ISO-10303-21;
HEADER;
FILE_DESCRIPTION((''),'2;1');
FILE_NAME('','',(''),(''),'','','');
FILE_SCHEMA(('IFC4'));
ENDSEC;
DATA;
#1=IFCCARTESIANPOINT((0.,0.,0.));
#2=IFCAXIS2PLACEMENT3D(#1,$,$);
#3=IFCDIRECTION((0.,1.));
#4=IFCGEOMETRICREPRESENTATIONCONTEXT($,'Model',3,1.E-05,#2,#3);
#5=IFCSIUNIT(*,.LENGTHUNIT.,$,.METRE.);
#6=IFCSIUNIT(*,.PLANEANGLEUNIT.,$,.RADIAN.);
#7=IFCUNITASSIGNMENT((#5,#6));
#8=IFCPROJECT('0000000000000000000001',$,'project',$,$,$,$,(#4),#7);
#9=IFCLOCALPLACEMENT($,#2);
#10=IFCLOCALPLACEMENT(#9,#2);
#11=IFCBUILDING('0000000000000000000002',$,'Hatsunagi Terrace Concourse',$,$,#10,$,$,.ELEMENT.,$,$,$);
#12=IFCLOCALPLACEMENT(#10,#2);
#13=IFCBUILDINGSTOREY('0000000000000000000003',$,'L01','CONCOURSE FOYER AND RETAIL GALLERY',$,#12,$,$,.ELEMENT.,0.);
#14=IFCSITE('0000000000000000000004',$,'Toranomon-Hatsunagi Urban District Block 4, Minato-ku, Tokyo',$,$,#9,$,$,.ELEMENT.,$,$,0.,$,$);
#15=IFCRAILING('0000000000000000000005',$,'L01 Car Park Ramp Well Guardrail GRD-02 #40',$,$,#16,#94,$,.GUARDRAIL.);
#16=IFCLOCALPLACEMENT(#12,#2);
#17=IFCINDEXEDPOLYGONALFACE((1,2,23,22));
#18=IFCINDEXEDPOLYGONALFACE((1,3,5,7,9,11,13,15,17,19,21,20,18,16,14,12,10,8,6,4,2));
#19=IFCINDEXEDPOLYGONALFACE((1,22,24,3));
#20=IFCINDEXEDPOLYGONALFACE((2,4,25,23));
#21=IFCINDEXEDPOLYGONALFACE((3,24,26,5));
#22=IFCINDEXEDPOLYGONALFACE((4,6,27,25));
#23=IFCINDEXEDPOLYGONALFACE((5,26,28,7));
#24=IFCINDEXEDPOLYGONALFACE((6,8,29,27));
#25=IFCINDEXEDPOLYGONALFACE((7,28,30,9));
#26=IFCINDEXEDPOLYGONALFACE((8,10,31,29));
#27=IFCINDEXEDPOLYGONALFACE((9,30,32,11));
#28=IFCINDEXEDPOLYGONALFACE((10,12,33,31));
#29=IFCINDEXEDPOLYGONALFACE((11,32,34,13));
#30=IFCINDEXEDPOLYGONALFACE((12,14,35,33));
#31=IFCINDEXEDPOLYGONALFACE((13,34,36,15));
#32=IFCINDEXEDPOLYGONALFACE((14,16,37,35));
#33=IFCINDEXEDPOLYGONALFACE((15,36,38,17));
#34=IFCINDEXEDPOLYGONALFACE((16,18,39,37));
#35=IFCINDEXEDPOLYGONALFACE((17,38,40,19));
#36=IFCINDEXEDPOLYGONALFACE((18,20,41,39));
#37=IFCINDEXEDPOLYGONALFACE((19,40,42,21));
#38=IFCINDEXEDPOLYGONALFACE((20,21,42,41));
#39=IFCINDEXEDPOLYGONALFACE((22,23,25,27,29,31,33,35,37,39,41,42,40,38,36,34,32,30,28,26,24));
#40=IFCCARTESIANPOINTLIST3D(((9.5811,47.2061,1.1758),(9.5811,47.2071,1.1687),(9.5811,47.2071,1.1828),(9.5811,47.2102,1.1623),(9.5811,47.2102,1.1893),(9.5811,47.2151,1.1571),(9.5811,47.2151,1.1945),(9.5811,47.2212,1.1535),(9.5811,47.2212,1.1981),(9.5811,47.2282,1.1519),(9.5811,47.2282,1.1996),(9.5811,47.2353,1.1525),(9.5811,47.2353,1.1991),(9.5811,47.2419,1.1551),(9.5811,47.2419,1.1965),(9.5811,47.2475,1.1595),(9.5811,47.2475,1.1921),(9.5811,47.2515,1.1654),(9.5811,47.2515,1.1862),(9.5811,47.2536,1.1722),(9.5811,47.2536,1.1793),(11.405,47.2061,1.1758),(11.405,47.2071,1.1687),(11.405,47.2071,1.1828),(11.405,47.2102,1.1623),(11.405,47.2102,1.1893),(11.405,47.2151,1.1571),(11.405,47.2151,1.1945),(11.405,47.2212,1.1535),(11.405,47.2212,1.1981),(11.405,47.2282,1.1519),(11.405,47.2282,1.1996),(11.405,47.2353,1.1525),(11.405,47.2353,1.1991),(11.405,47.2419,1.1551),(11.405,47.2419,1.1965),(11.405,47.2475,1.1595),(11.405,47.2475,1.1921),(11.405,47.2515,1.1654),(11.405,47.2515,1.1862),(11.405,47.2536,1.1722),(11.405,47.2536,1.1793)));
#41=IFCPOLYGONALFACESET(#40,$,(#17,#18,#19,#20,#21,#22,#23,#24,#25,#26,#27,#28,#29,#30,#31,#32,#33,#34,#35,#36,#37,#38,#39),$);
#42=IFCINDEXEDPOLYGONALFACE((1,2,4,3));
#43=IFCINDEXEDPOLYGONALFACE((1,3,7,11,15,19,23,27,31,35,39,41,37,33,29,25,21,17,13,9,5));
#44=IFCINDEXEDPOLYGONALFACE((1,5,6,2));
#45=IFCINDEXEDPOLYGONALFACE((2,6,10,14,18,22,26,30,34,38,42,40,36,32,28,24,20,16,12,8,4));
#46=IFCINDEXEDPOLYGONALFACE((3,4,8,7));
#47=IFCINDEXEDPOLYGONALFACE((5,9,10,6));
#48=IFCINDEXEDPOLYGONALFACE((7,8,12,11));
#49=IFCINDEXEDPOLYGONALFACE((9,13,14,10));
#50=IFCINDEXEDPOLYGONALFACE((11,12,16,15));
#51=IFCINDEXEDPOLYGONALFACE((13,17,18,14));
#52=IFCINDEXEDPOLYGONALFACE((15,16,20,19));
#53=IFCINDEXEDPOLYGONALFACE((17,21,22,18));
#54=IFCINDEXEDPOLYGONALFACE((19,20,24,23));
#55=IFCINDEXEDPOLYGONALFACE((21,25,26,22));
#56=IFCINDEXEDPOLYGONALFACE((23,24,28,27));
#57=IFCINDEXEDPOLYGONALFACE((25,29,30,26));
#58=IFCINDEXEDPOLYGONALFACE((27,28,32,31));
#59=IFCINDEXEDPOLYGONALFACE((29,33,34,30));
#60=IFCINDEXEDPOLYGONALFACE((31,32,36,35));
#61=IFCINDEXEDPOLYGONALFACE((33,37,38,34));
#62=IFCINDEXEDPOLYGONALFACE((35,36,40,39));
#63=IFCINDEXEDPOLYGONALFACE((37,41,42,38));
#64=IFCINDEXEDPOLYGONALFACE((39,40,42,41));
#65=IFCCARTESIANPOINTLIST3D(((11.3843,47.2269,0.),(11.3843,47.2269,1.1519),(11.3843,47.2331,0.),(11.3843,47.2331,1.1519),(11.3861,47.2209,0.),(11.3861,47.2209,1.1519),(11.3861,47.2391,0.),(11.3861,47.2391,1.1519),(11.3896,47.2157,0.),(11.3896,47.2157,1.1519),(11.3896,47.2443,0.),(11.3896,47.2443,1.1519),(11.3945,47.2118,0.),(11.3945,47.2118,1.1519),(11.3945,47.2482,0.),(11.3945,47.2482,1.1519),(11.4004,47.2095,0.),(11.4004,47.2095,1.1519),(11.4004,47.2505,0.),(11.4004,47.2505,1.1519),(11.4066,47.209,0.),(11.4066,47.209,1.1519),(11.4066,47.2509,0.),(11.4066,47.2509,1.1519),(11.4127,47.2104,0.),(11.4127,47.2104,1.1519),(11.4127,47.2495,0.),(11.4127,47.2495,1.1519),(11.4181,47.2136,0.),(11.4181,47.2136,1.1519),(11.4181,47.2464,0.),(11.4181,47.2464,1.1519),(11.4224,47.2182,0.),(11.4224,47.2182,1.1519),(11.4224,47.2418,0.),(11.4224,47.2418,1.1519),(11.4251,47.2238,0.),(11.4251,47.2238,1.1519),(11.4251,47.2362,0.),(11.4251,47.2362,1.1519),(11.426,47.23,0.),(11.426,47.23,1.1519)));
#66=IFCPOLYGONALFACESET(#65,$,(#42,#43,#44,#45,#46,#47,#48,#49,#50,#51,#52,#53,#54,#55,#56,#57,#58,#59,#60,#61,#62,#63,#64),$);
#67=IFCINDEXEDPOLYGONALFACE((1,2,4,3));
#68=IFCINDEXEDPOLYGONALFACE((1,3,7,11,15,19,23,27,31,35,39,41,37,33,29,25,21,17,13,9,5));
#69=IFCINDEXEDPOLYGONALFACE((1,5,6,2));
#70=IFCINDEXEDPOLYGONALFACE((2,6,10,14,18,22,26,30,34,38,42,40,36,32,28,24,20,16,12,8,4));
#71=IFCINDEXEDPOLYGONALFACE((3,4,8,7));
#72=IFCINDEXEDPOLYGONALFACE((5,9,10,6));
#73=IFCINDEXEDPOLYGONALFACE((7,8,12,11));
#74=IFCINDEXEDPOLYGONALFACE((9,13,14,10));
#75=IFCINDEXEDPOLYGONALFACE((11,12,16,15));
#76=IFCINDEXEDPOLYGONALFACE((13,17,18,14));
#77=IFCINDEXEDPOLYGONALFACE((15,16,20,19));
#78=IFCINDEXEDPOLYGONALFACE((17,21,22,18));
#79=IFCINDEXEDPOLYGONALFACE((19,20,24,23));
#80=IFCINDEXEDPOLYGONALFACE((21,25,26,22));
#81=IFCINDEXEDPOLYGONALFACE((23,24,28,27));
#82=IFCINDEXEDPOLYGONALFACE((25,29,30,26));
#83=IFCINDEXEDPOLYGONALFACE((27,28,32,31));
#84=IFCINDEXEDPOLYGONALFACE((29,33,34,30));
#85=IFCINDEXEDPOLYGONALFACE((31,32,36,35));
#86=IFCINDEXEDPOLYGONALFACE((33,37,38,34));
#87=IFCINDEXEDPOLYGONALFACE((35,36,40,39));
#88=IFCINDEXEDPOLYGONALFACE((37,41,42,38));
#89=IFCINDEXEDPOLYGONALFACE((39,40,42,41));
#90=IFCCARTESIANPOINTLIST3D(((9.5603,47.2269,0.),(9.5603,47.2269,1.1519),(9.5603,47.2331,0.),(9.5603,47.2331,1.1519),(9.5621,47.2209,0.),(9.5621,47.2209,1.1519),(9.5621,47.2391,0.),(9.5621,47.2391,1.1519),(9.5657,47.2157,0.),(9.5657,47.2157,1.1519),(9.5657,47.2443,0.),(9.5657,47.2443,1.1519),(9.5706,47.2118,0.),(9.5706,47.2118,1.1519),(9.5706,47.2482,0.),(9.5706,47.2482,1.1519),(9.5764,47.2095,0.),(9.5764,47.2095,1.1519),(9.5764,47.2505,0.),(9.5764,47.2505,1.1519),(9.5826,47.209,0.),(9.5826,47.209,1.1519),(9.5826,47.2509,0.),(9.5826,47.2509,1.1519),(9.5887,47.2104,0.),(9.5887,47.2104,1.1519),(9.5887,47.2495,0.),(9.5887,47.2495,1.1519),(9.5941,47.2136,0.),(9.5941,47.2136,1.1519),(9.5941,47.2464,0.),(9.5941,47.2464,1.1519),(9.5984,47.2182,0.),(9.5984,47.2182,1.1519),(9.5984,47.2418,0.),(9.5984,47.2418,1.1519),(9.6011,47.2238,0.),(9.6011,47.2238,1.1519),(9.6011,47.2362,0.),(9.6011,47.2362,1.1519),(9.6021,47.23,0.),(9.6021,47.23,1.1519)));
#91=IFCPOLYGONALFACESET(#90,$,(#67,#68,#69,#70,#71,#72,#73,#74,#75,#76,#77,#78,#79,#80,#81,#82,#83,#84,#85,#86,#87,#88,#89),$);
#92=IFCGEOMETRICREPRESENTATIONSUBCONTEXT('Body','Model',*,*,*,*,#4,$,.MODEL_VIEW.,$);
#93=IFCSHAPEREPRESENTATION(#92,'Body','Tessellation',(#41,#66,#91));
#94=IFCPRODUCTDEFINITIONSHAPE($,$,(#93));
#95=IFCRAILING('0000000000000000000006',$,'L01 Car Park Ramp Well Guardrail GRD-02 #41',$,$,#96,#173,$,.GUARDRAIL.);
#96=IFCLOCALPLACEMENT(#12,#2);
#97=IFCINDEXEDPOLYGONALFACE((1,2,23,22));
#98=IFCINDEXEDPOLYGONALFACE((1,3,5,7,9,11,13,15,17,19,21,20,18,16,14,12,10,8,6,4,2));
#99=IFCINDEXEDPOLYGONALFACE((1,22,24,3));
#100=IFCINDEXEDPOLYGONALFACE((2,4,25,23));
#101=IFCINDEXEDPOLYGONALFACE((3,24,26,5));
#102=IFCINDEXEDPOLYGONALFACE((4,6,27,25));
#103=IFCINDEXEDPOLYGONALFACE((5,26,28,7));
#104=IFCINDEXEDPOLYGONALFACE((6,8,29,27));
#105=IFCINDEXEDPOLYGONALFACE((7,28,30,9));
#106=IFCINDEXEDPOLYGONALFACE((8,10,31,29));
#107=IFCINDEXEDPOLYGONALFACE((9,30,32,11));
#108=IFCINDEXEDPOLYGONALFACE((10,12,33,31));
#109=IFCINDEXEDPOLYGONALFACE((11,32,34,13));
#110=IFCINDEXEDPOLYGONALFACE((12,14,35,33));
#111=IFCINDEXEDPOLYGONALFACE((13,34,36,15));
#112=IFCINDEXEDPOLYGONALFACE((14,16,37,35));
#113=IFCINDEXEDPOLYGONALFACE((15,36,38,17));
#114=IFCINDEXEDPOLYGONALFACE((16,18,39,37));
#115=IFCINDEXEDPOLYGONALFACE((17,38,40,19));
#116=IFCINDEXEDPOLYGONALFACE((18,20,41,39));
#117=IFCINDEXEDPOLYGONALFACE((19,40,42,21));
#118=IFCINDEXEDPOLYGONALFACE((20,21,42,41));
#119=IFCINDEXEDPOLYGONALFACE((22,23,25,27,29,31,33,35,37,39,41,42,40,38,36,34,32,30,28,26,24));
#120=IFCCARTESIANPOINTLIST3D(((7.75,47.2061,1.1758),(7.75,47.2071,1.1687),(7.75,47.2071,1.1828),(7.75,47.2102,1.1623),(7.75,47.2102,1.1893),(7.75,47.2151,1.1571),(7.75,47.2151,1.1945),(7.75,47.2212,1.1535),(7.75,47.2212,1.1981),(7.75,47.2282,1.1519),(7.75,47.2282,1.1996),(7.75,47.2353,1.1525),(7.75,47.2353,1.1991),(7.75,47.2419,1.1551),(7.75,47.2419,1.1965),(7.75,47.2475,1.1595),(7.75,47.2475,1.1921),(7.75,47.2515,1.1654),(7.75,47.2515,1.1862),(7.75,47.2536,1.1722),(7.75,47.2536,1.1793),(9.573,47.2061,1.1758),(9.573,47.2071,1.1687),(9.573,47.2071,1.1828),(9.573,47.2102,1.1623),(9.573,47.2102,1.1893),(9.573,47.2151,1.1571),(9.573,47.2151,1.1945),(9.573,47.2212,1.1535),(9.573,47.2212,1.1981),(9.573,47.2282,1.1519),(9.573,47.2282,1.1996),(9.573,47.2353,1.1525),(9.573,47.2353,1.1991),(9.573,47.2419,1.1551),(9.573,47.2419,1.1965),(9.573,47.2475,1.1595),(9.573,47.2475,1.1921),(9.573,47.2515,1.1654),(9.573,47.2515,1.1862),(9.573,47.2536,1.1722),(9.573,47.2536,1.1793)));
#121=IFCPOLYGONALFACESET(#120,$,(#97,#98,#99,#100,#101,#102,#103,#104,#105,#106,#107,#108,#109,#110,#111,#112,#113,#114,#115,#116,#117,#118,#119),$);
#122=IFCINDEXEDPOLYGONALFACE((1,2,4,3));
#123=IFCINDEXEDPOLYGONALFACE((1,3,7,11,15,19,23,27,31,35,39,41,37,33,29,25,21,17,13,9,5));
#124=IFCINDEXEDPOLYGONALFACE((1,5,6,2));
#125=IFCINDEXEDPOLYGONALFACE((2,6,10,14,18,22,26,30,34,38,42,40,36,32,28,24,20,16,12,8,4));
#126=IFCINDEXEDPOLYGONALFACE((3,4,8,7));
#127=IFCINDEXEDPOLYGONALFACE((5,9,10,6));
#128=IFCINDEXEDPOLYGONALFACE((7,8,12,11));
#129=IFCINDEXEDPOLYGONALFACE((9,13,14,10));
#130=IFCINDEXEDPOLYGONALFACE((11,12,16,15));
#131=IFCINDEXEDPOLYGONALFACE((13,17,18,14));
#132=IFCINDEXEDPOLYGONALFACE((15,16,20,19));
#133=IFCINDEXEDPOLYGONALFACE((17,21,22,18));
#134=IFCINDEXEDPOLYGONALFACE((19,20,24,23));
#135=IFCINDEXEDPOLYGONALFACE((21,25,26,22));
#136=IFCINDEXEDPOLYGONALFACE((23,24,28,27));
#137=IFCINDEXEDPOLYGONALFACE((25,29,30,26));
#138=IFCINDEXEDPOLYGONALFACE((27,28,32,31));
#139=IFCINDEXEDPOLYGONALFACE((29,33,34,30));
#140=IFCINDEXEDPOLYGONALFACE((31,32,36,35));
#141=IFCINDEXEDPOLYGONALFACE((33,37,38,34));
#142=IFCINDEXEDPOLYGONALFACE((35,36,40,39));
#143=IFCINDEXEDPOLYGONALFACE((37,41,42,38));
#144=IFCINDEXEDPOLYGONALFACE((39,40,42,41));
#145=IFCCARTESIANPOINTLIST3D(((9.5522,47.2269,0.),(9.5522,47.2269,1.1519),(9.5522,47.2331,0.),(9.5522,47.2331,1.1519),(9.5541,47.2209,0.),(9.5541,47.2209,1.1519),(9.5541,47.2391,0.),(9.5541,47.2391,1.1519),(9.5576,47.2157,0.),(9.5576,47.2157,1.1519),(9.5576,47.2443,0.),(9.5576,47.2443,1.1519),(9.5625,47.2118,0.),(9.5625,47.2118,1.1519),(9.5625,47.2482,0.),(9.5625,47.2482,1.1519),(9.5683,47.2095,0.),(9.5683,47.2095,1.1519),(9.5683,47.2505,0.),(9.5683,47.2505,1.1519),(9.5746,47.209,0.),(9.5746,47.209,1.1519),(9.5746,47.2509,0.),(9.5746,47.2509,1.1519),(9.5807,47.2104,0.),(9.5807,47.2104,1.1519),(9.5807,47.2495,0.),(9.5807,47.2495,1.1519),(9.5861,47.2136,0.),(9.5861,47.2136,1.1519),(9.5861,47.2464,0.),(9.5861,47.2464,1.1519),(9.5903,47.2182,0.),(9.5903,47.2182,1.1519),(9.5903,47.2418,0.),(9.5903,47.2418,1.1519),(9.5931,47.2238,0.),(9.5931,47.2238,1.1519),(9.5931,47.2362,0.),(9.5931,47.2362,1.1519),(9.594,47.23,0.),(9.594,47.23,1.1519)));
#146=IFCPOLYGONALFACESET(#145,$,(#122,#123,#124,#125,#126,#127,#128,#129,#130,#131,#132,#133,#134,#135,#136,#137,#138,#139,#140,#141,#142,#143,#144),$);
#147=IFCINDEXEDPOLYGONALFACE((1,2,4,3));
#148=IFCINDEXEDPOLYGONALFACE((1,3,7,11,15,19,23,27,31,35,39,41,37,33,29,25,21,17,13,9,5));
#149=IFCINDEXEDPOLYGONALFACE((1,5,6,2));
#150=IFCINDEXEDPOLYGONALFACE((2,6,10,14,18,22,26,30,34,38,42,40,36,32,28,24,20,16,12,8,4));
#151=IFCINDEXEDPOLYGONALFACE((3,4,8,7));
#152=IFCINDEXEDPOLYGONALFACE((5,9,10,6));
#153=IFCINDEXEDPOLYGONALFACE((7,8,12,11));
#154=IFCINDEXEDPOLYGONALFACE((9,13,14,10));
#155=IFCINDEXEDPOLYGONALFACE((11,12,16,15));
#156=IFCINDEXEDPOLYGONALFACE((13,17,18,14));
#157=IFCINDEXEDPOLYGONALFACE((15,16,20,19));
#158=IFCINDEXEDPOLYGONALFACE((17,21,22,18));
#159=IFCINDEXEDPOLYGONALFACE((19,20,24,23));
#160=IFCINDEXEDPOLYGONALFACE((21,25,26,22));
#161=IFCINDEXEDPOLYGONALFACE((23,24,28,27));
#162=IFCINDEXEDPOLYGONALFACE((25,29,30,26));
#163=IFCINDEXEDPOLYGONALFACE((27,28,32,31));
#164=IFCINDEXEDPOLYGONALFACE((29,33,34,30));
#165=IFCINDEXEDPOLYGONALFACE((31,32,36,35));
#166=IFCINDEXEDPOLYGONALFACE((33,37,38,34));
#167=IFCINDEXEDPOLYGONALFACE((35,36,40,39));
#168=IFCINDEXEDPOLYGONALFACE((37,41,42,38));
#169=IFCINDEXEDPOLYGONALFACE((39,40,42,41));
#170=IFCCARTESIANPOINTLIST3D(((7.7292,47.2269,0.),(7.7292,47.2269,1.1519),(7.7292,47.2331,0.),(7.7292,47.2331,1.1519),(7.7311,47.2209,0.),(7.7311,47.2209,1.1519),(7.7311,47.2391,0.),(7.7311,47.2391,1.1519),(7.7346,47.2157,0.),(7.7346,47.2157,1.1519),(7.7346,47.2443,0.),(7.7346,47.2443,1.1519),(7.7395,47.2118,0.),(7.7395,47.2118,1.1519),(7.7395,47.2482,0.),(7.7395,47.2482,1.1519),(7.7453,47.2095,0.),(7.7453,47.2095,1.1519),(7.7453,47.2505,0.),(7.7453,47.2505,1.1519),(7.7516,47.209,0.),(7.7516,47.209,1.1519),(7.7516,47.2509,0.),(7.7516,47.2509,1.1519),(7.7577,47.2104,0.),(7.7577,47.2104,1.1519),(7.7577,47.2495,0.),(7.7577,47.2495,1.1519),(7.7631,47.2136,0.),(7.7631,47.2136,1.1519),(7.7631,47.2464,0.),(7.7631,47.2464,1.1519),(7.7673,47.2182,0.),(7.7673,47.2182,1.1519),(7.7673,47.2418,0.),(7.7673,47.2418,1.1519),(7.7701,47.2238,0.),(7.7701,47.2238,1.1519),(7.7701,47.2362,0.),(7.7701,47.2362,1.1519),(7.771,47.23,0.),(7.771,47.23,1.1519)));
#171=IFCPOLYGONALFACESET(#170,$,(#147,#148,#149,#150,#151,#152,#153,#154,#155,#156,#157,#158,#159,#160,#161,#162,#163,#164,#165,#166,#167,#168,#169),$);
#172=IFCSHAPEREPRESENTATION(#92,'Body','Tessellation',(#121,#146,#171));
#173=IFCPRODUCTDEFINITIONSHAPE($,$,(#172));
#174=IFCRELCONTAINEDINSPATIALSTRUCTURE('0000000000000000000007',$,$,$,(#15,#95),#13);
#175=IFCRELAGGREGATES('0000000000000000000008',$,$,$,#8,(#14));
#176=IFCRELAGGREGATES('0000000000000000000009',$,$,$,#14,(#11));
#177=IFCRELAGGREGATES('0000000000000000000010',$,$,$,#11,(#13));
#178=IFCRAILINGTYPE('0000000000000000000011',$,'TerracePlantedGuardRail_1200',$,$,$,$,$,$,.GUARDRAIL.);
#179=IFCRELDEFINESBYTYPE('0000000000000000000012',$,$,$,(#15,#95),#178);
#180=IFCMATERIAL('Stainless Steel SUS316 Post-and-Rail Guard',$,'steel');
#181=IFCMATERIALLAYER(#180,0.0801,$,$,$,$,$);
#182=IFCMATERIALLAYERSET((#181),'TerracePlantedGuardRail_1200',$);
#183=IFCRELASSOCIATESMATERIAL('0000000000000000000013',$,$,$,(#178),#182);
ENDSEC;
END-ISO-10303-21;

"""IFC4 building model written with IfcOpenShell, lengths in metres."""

from ifc_helpers import new_model, si_unit, direction, frame, origin, origin_2d, place, context, subcontext, project, spatial, circle, extrude, material, layer, layer_set, type_object, element, save


model = new_model("IFC4")

# Units and contexts
model_context = context("Model", 3, precision=1e-05, world=origin(), true_north=direction((0.0, 1.0)))
body_context = subcontext(model_context, "Body", "Model", "MODEL_VIEW")
ifc_project = project(units=[si_unit("LENGTHUNIT", "METRE"), si_unit("PLANEANGLEUNIT", "RADIAN")], contexts=[model_context])

# Site, building, storey
site_placement = place(None, origin())
site = spatial("IfcSite", under=ifc_project, at=site_placement, Name="Toranomon-Hatsunagi Urban District Block 4, Minato-ku, Tokyo", CompositionType="ELEMENT", RefElevation=0.0)
building_placement = place(site_placement, origin())
building = spatial("IfcBuilding", under=site, at=building_placement, Name="Hatsunagi Terrace Concourse", CompositionType="ELEMENT")
storey_placement = place(building_placement, origin())
storey = spatial("IfcBuildingStorey", under=building, at=storey_placement, Name="L01", Description="CONCOURSE FOYER AND RETAIL GALLERY", CompositionType="ELEMENT", Elevation=0.0)

# Railings
ifc_material_1 = material(Name="Stainless Steel SUS316 Post-and-Rail Guard", Category="steel")
ifc_layer_1 = layer(ifc_material_1, 0.0801)
ifc_layer_set_1 = layer_set([ifc_layer_1], Name="TerracePlantedGuardRail_1200")
railing_type_1 = type_object("IfcRailingType", Name="TerracePlantedGuardRail_1200", PredefinedType="GUARDRAIL", material=ifc_layer_set_1)
railing_1_placement = place(storey_placement, frame((11.405, 47.23, 0.0)))
element("IfcRailing", 1, at=railing_1_placement, inside=storey, type_object=railing_type_1, Name="L01 Car Park Ramp Well Guardrail GRD-02 #40", PredefinedType="GUARDRAIL", context=body_context, shape_type="SweptSolid", body=[
    extrude(circle(Radius=0.0239, at=origin_2d()), frame((0.0, 0.0, 1.1758), z_axis=(-1.0, 0.0, 0.0), x_axis=(0.0, -1.0, 0.0)), (0.0, 0.0, 1.0), 1.824),
    extrude(circle(Radius=0.021, at=origin_2d()), origin(), (0.0, 0.0, 1.0), 1.1519),
    extrude(circle(Radius=0.021, at=origin_2d()), frame((-1.824, 0.0, 0.0)), (0.0, 0.0, 1.0), 1.1519),
])
railing_2_placement = place(storey_placement, frame((9.573, 47.23, 0.0)))
element("IfcRailing", 2, at=railing_2_placement, inside=storey, type_object=railing_type_1, Name="L01 Car Park Ramp Well Guardrail GRD-02 #41", PredefinedType="GUARDRAIL", context=body_context, shape_type="SweptSolid", body=[
    extrude(circle(Radius=0.0239, at=origin_2d()), frame((0.0, 0.0, 1.1758), z_axis=(-1.0, 0.0, 0.0), x_axis=(0.0, -1.0, 0.0)), (0.0, 0.0, 1.0), 1.823),
    extrude(circle(Radius=0.021, at=origin_2d()), origin(), (0.0, 0.0, 1.0), 1.1519),
    extrude(circle(Radius=0.021, at=origin_2d()), frame((-1.823, 0.0, 0.0)), (0.0, 0.0, 1.0), 1.1519),
])

save(model, "model.ifc")
